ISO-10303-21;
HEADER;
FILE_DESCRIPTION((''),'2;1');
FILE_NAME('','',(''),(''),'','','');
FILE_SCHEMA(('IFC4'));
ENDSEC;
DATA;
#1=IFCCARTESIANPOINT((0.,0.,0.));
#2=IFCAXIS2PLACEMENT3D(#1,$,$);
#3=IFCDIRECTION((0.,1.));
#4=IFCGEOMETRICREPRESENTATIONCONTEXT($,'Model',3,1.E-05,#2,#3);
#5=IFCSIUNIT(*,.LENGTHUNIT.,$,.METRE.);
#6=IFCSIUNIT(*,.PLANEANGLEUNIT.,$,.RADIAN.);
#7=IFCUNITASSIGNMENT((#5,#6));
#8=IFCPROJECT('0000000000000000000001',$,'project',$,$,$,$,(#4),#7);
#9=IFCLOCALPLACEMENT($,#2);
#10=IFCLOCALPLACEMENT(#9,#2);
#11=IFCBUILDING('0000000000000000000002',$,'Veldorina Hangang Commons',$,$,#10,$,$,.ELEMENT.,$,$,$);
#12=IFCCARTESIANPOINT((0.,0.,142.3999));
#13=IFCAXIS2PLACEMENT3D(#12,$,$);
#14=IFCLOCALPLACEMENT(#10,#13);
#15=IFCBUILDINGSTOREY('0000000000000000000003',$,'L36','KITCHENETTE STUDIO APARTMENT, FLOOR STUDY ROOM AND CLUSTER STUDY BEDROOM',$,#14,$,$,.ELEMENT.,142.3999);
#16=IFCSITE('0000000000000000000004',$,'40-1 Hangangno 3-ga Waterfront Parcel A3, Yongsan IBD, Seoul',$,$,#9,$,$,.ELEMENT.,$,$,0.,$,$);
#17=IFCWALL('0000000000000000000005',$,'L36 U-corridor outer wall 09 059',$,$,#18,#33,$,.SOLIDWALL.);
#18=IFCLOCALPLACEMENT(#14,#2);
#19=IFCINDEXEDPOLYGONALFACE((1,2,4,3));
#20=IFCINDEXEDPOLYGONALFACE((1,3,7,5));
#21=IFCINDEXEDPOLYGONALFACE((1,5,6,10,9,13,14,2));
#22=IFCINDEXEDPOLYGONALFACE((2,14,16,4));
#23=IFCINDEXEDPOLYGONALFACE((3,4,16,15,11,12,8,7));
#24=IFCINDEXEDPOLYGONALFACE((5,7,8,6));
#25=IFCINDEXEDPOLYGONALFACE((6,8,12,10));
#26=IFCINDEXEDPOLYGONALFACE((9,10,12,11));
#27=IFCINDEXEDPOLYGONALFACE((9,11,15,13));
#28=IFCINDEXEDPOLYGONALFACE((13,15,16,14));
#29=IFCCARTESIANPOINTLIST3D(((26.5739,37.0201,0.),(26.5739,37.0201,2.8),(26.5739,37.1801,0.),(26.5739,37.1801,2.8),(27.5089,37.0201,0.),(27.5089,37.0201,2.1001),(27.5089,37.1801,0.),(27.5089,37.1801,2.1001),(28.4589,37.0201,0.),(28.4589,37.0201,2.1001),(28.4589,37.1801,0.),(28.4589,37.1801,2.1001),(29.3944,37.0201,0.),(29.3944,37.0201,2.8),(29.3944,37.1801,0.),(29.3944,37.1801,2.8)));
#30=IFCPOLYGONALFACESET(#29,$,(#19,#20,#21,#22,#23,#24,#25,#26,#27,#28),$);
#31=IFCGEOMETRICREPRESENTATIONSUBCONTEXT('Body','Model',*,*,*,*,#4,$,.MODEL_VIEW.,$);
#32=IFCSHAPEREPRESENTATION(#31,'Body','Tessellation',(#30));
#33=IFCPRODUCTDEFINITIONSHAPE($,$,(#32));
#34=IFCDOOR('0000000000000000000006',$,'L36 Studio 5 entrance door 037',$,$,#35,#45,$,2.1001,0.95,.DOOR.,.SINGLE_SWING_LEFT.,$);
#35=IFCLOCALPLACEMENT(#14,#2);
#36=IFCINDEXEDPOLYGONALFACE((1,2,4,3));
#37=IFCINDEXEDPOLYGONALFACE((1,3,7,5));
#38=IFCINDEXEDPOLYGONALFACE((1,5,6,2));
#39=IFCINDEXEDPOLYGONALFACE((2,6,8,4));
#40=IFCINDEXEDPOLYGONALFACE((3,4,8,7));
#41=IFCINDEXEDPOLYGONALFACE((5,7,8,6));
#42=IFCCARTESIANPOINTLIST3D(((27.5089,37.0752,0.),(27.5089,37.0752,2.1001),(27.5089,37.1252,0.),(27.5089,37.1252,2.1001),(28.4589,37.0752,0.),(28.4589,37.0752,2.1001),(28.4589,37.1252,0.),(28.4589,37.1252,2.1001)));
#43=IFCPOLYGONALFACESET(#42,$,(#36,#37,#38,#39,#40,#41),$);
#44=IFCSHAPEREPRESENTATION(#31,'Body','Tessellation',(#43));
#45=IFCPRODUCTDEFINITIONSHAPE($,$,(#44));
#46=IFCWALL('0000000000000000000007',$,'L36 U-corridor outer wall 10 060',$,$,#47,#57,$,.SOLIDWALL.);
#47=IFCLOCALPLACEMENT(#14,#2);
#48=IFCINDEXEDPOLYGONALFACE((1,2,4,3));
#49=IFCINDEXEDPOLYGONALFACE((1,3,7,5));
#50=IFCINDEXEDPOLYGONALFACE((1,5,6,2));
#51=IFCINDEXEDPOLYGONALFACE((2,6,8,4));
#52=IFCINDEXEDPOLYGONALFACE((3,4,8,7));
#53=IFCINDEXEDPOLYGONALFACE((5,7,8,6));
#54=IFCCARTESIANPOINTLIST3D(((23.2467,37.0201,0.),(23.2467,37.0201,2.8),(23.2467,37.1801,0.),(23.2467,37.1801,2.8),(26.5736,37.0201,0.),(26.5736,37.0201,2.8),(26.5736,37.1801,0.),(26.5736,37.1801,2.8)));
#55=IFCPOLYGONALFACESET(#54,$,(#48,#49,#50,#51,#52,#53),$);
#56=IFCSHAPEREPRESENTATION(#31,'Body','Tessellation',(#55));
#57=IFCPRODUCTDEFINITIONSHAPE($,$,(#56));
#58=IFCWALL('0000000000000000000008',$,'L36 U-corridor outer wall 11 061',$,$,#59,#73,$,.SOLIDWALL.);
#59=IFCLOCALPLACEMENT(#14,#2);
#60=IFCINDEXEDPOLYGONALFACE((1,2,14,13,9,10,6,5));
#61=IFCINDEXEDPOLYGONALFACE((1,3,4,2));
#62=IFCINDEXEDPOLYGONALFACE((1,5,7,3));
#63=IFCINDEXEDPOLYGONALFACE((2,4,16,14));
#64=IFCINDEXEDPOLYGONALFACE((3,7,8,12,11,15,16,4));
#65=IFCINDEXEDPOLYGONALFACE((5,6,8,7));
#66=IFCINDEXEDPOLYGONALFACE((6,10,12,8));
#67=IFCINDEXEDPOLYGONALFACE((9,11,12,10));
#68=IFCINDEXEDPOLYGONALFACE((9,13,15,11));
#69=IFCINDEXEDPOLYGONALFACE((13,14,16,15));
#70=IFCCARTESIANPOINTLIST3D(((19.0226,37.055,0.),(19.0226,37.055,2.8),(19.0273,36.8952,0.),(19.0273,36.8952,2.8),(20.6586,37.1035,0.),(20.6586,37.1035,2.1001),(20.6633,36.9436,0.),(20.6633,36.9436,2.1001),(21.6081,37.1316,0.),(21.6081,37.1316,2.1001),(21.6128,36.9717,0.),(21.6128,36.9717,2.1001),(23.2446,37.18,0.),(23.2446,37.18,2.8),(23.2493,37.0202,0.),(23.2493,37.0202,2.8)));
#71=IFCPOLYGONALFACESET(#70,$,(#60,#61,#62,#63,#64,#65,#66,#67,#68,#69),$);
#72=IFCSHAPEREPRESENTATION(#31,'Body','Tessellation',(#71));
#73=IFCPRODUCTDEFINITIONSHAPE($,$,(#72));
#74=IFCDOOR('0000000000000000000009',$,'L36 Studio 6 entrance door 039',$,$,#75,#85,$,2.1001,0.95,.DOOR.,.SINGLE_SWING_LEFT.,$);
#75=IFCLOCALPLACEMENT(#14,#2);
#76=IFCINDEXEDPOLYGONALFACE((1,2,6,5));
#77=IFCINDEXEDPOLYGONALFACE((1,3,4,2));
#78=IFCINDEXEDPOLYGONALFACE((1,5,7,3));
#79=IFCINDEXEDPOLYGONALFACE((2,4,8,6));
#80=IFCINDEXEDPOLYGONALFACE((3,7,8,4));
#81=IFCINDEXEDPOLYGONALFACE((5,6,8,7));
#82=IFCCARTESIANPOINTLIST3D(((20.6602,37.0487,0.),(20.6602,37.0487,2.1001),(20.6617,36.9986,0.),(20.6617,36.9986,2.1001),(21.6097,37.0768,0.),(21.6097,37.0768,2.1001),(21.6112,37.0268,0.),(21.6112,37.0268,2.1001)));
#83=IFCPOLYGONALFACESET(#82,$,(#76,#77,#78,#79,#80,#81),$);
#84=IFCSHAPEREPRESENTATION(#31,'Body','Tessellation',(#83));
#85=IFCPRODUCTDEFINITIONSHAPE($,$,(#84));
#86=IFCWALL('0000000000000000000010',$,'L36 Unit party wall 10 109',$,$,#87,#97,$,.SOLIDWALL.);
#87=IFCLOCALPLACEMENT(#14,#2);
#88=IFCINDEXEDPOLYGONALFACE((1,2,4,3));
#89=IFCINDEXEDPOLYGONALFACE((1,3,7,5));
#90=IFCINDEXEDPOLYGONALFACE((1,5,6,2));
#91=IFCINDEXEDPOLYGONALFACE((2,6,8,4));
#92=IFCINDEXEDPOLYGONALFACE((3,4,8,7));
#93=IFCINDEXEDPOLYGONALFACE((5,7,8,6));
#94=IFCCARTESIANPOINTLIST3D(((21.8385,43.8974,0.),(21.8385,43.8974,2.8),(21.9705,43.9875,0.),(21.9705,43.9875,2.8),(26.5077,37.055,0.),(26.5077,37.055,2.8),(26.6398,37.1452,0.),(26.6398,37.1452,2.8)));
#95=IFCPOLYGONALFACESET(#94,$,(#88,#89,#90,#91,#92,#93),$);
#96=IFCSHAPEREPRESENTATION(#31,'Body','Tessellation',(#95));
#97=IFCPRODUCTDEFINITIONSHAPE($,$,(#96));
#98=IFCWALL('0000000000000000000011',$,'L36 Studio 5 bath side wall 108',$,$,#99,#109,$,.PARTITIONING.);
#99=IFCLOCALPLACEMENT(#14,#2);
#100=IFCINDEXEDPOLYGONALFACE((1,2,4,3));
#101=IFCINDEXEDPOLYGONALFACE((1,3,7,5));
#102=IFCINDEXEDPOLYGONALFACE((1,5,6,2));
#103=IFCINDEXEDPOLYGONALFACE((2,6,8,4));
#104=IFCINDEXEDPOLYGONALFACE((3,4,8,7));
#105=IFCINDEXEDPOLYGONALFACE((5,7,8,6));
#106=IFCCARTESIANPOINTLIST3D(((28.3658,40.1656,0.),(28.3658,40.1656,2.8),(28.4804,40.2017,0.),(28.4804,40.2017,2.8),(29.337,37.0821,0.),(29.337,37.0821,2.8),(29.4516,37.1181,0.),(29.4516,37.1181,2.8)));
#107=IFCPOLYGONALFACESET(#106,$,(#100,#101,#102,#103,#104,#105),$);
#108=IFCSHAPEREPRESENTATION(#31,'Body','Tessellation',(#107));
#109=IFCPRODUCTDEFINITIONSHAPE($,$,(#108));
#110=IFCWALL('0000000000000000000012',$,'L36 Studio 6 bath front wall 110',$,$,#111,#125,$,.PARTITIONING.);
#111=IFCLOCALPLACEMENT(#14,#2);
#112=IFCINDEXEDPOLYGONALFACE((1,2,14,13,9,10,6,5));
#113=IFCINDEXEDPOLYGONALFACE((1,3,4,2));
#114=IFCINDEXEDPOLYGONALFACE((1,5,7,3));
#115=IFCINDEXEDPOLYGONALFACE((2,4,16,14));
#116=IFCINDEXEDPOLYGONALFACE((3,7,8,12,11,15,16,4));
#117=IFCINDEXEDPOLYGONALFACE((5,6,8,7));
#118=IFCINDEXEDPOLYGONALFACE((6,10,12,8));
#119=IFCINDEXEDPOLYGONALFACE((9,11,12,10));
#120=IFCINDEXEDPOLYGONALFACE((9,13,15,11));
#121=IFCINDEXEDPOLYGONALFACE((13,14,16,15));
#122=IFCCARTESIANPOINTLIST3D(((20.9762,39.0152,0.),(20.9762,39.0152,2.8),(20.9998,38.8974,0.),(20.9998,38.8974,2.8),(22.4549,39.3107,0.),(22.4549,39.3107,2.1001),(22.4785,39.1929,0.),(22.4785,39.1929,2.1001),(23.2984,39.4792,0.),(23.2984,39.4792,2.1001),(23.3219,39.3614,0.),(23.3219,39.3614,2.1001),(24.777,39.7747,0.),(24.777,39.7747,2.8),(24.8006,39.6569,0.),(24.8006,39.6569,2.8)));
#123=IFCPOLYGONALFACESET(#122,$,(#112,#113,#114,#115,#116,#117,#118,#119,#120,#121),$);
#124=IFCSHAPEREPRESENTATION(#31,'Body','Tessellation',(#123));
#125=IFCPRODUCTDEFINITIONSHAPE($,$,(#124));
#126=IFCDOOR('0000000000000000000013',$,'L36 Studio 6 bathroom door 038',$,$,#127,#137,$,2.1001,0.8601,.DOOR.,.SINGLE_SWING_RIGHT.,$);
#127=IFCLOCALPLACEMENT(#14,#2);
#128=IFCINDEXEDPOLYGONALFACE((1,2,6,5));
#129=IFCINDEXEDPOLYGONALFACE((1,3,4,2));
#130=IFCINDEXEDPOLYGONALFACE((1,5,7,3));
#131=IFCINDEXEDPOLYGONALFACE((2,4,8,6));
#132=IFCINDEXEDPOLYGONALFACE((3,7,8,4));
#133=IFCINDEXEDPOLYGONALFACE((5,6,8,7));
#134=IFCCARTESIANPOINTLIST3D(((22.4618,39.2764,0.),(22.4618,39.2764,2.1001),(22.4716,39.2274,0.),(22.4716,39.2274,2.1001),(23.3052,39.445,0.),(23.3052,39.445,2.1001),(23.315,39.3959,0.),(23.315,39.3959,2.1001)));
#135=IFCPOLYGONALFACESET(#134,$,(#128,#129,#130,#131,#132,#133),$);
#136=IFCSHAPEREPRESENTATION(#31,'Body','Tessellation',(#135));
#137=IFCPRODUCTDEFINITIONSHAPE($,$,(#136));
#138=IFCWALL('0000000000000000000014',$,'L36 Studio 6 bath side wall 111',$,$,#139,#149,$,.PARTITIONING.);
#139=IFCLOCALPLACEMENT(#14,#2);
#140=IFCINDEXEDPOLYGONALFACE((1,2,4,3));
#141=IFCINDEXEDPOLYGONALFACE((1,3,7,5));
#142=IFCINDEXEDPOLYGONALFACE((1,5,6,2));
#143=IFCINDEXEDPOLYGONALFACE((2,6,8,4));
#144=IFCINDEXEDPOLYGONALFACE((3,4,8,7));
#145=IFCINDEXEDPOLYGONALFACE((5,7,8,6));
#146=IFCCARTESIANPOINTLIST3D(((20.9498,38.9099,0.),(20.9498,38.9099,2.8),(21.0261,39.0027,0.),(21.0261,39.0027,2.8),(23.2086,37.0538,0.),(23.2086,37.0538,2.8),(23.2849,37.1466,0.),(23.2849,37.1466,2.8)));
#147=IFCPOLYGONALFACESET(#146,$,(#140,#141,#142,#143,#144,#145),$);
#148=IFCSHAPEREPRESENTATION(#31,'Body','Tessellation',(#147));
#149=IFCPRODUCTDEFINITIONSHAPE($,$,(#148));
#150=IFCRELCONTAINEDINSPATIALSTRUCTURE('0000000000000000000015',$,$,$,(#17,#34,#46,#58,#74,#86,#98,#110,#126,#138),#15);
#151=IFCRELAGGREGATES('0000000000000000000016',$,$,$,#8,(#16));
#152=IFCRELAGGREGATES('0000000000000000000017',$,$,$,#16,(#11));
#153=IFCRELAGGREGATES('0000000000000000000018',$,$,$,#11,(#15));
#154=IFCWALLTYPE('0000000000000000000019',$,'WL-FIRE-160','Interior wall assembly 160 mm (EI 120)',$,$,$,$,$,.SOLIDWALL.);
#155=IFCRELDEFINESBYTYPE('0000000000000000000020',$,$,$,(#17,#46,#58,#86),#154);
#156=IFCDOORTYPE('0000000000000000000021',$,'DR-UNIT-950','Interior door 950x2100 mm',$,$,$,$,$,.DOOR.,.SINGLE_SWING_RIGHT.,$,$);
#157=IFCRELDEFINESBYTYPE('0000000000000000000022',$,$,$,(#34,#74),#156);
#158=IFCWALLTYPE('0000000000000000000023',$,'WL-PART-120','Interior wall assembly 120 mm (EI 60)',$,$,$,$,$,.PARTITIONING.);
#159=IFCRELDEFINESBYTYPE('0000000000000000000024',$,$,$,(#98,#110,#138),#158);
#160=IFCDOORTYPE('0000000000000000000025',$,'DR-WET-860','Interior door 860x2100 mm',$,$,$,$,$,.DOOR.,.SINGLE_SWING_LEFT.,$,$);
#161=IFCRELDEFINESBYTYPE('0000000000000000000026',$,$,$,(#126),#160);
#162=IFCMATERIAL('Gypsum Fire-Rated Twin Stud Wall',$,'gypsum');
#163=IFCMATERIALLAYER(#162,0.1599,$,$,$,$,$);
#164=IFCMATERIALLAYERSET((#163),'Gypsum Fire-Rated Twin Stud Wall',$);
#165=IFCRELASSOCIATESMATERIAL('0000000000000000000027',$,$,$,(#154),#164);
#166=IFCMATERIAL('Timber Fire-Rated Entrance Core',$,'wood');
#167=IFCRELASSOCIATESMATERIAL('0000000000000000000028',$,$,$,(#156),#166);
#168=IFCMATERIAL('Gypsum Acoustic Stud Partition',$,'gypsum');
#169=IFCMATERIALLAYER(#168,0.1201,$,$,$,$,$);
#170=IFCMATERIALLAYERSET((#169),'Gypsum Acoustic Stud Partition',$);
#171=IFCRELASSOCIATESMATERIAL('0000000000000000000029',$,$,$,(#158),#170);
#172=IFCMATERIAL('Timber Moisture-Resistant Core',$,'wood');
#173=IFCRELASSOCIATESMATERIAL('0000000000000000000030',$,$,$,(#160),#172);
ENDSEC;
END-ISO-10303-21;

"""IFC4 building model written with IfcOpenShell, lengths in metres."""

from ifc_helpers import new_model, si_unit, direction, frame, frame_2d, origin, place, context, subcontext, project, spatial, rectangle, extrude, material, layer, layer_set, type_object, element, fill, save


model = new_model("IFC4")

# Units and contexts
model_context = context("Model", 3, precision=1e-05, world=origin(), true_north=direction((0.0, 1.0)))
body_context = subcontext(model_context, "Body", "Model", "MODEL_VIEW")
ifc_project = project(units=[si_unit("LENGTHUNIT", "METRE"), si_unit("PLANEANGLEUNIT", "RADIAN")], contexts=[model_context])

# Site, building, storey
site_placement = place(None, origin())
site = spatial("IfcSite", under=ifc_project, at=site_placement, Name="40-1 Hangangno 3-ga Waterfront Parcel A3, Yongsan IBD, Seoul", CompositionType="ELEMENT", RefElevation=0.0)
building_placement = place(site_placement, origin())
building = spatial("IfcBuilding", under=site, at=building_placement, Name="Veldorina Hangang Commons", CompositionType="ELEMENT")
storey_placement = place(building_placement, frame((0.0, 0.0, 142.3999)))
storey = spatial("IfcBuildingStorey", under=building, at=storey_placement, Name="L36", Description="KITCHENETTE STUDIO APARTMENT, FLOOR STUDY ROOM AND CLUSTER STUDY BEDROOM", CompositionType="ELEMENT", Elevation=142.3999)

# Shared definitions
ifc_material_1 = material(Name="Gypsum Fire-Rated Twin Stud Wall", Category="gypsum")
ifc_layer_1 = layer(ifc_material_1, 0.1599)
ifc_layer_set_1 = layer_set([ifc_layer_1], Name="Gypsum Fire-Rated Twin Stud Wall")
wall_type_1 = type_object("IfcWallType", Name="WL-FIRE-160", Description="Interior wall assembly 160 mm (EI 120)", PredefinedType="SOLIDWALL", material=ifc_layer_set_1)

# Wall, opening, door
wall_1_placement = place(storey_placement, frame((29.3943, 37.1001, 0.0), z_axis=(0.0, 0.0, 1.0), x_axis=(-1.0, 0.0, 0.0)))
wall_1 = element("IfcWall", 1, at=wall_1_placement, inside=storey, type_object=wall_type_1, Name="L36 U-corridor outer wall 09 059", PredefinedType="SOLIDWALL", context=body_context, shape_type="SweptSolid", body=[
    extrude(rectangle(XDim=2.8206, YDim=0.1599, at=frame_2d((1.4102, 0.0))), origin(), (0.0, 0.0, 1.0), 2.8),
])
opening_1_placement = place(wall_1_placement, frame((0.9353, 0.0, 0.0)))
opening_1 = element("IfcOpeningElement", 2, at=opening_1_placement, cuts=wall_1, PredefinedType="OPENING", context=body_context, shape_type="SweptSolid", body=[
    extrude(rectangle(XDim=0.95, YDim=2.1001, at=frame_2d((0.4751, 1.05))), frame((0.0, 0.0898, 0.0), z_axis=(0.0, -1.0, 0.0), x_axis=(1.0, 0.0, 0.0)), (0.0, 0.0, 1.0), 0.1799),
])
ifc_material_2 = material(Name="Timber Fire-Rated Entrance Core", Category="wood")
door_type_1 = type_object("IfcDoorType", Name="DR-UNIT-950", Description="Interior door 950x2100 mm", OperationType="SINGLE_SWING_RIGHT", PredefinedType="DOOR", material=ifc_material_2)
door_1_placement = place(opening_1_placement, origin())
door_1 = element("IfcDoor", 3, at=door_1_placement, inside=storey, type_object=door_type_1, Name="L36 Studio 5 entrance door 037", OperationType="SINGLE_SWING_LEFT", OverallHeight=2.1001, OverallWidth=0.95, PredefinedType="DOOR", context=body_context, shape_type="SweptSolid", body=[
    extrude(rectangle(XDim=0.95, YDim=2.1001, at=frame_2d((0.4751, 1.05))), frame((0.0, 0.0249, 0.0), z_axis=(0.0, -1.0, 0.0), x_axis=(1.0, 0.0, 0.0)), (0.0, 0.0, 1.0), 0.05),
])
fill(opening_1, door_1)

# Wall
wall_2_placement = place(storey_placement, frame((26.5737, 37.1001, 0.0), z_axis=(0.0, 0.0, 1.0), x_axis=(-1.0, 0.0, 0.0)))
element("IfcWall", 4, at=wall_2_placement, inside=storey, type_object=wall_type_1, Name="L36 U-corridor outer wall 10 060", PredefinedType="SOLIDWALL", context=body_context, shape_type="SweptSolid", body=[
    extrude(rectangle(XDim=3.3269, YDim=0.1599, at=frame_2d((1.6636, 0.0))), origin(), (0.0, 0.0, 1.0), 2.8),
])

# Wall, opening, door
wall_3_placement = place(storey_placement, frame((23.2468, 37.1001, 0.0), z_axis=(0.0, 0.0, 1.0), x_axis=(-0.999562, -0.029594, 0.0)))
wall_3 = element("IfcWall", 5, at=wall_3_placement, inside=storey, type_object=wall_type_1, Name="L36 U-corridor outer wall 11 061", PredefinedType="SOLIDWALL", context=body_context, shape_type="SweptSolid", body=[
    extrude(rectangle(XDim=4.2239, YDim=0.1599, at=frame_2d((2.1118, 0.0))), origin(), (0.0, 0.0, 1.0), 2.8),
])
opening_2_placement = place(wall_3_placement, frame((1.637, 0.0, 0.0)))
opening_2 = element("IfcOpeningElement", 6, at=opening_2_placement, cuts=wall_3, PredefinedType="OPENING", context=body_context, shape_type="SweptSolid", body=[
    extrude(rectangle(XDim=0.95, YDim=2.1001, at=frame_2d((0.4751, 1.05))), frame((0.0, 0.0898, 0.0), z_axis=(0.0, -1.0, 0.0), x_axis=(1.0, 0.0, 0.0)), (0.0, 0.0, 1.0), 0.1799),
])
door_2_placement = place(opening_2_placement, origin())
door_2 = element("IfcDoor", 7, at=door_2_placement, inside=storey, type_object=door_type_1, Name="L36 Studio 6 entrance door 039", OperationType="SINGLE_SWING_LEFT", OverallHeight=2.1001, OverallWidth=0.95, PredefinedType="DOOR", context=body_context, shape_type="SweptSolid", body=[
    extrude(rectangle(XDim=0.95, YDim=2.1001, at=frame_2d((0.4751, 1.05))), frame((0.0, 0.0249, 0.0), z_axis=(0.0, -1.0, 0.0), x_axis=(1.0, 0.0, 0.0)), (0.0, 0.0, 1.0), 0.05),
])
fill(opening_2, door_2)

# Walls
wall_4_placement = place(storey_placement, frame((26.5737, 37.1001, 0.0), z_axis=(0.0, 0.0, 1.0), x_axis=(-0.563666, 0.826003, 0.0)))
element("IfcWall", 8, at=wall_4_placement, inside=storey, type_object=wall_type_1, Name="L36 Unit party wall 10 109", PredefinedType="SOLIDWALL", context=body_context, shape_type="SweptSolid", body=[
    extrude(rectangle(XDim=8.2837, YDim=0.1599, at=frame_2d((4.1418, 0.0))), origin(), (0.0, 0.0, 1.0), 2.8),
])
ifc_material_3 = material(Name="Gypsum Acoustic Stud Partition", Category="gypsum")
ifc_layer_2 = layer(ifc_material_3, 0.1201)
ifc_layer_set_2 = layer_set([ifc_layer_2], Name="Gypsum Acoustic Stud Partition")
wall_type_2 = type_object("IfcWallType", Name="WL-PART-120", Description="Interior wall assembly 120 mm (EI 60)", PredefinedType="PARTITIONING", material=ifc_layer_set_2)
wall_5_placement = place(storey_placement, frame((29.3943, 37.1001, 0.0), z_axis=(0.0, 0.0, 1.0), x_axis=(-0.300416, 0.953808, 0.0)))
element("IfcWall", 9, at=wall_5_placement, inside=storey, type_object=wall_type_2, Name="L36 Studio 5 bath side wall 108", PredefinedType="PARTITIONING", context=body_context, shape_type="SweptSolid", body=[
    extrude(rectangle(XDim=3.2329, YDim=0.1201, at=frame_2d((1.6165, 0.0))), origin(), (0.0, 0.0, 1.0), 2.8),
])

# Wall, opening, door
wall_6_placement = place(storey_placement, frame((24.7888, 39.7158, 0.0), z_axis=(0.0, 0.0, 1.0), x_axis=(-0.980612, -0.195959, 0.0)))
wall_6 = element("IfcWall", 10, at=wall_6_placement, inside=storey, type_object=wall_type_2, Name="L36 Studio 6 bath front wall 110", PredefinedType="PARTITIONING", context=body_context, shape_type="SweptSolid", body=[
    extrude(rectangle(XDim=3.876, YDim=0.1201, at=frame_2d((1.938, 0.0))), origin(), (0.0, 0.0, 1.0), 2.8),
])
opening_3_placement = place(wall_6_placement, frame((1.5078, 0.0, 0.0)))
opening_3 = element("IfcOpeningElement", 11, at=opening_3_placement, cuts=wall_6, PredefinedType="OPENING", context=body_context, shape_type="SweptSolid", body=[
    extrude(rectangle(XDim=0.8601, YDim=2.1001, at=frame_2d((0.4302, 1.05))), frame((0.0, 0.0701, 0.0), z_axis=(0.0, -1.0, 0.0), x_axis=(1.0, 0.0, 0.0)), (0.0, 0.0, 1.0), 0.1401),
])
ifc_material_4 = material(Name="Timber Moisture-Resistant Core", Category="wood")
door_type_2 = type_object("IfcDoorType", Name="DR-WET-860", Description="Interior door 860x2100 mm", OperationType="SINGLE_SWING_LEFT", PredefinedType="DOOR", material=ifc_material_4)
door_3_placement = place(opening_3_placement, origin())
door_3 = element("IfcDoor", 12, at=door_3_placement, inside=storey, type_object=door_type_2, Name="L36 Studio 6 bathroom door 038", OperationType="SINGLE_SWING_RIGHT", OverallHeight=2.1001, OverallWidth=0.8601, PredefinedType="DOOR", context=body_context, shape_type="SweptSolid", body=[
    extrude(rectangle(XDim=0.8601, YDim=2.1001, at=frame_2d((0.4302, 1.05))), frame((0.0, 0.0249, 0.0), z_axis=(0.0, -1.0, 0.0), x_axis=(1.0, 0.0, 0.0)), (0.0, 0.0, 1.0), 0.05),
])
fill(opening_3, door_3)

# Wall
wall_7_placement = place(storey_placement, frame((23.2468, 37.1001, 0.0), z_axis=(0.0, 0.0, 1.0), x_axis=(-0.772598, 0.634896, 0.0)))
element("IfcWall", 13, at=wall_7_placement, inside=storey, type_object=wall_type_2, Name="L36 Studio 6 bath side wall 111", PredefinedType="PARTITIONING", context=body_context, shape_type="SweptSolid", body=[
    extrude(rectangle(XDim=2.9236, YDim=0.1201, at=frame_2d((1.4619, 0.0))), origin(), (0.0, 0.0, 1.0), 2.8),
])

save(model, "model.ifc")
